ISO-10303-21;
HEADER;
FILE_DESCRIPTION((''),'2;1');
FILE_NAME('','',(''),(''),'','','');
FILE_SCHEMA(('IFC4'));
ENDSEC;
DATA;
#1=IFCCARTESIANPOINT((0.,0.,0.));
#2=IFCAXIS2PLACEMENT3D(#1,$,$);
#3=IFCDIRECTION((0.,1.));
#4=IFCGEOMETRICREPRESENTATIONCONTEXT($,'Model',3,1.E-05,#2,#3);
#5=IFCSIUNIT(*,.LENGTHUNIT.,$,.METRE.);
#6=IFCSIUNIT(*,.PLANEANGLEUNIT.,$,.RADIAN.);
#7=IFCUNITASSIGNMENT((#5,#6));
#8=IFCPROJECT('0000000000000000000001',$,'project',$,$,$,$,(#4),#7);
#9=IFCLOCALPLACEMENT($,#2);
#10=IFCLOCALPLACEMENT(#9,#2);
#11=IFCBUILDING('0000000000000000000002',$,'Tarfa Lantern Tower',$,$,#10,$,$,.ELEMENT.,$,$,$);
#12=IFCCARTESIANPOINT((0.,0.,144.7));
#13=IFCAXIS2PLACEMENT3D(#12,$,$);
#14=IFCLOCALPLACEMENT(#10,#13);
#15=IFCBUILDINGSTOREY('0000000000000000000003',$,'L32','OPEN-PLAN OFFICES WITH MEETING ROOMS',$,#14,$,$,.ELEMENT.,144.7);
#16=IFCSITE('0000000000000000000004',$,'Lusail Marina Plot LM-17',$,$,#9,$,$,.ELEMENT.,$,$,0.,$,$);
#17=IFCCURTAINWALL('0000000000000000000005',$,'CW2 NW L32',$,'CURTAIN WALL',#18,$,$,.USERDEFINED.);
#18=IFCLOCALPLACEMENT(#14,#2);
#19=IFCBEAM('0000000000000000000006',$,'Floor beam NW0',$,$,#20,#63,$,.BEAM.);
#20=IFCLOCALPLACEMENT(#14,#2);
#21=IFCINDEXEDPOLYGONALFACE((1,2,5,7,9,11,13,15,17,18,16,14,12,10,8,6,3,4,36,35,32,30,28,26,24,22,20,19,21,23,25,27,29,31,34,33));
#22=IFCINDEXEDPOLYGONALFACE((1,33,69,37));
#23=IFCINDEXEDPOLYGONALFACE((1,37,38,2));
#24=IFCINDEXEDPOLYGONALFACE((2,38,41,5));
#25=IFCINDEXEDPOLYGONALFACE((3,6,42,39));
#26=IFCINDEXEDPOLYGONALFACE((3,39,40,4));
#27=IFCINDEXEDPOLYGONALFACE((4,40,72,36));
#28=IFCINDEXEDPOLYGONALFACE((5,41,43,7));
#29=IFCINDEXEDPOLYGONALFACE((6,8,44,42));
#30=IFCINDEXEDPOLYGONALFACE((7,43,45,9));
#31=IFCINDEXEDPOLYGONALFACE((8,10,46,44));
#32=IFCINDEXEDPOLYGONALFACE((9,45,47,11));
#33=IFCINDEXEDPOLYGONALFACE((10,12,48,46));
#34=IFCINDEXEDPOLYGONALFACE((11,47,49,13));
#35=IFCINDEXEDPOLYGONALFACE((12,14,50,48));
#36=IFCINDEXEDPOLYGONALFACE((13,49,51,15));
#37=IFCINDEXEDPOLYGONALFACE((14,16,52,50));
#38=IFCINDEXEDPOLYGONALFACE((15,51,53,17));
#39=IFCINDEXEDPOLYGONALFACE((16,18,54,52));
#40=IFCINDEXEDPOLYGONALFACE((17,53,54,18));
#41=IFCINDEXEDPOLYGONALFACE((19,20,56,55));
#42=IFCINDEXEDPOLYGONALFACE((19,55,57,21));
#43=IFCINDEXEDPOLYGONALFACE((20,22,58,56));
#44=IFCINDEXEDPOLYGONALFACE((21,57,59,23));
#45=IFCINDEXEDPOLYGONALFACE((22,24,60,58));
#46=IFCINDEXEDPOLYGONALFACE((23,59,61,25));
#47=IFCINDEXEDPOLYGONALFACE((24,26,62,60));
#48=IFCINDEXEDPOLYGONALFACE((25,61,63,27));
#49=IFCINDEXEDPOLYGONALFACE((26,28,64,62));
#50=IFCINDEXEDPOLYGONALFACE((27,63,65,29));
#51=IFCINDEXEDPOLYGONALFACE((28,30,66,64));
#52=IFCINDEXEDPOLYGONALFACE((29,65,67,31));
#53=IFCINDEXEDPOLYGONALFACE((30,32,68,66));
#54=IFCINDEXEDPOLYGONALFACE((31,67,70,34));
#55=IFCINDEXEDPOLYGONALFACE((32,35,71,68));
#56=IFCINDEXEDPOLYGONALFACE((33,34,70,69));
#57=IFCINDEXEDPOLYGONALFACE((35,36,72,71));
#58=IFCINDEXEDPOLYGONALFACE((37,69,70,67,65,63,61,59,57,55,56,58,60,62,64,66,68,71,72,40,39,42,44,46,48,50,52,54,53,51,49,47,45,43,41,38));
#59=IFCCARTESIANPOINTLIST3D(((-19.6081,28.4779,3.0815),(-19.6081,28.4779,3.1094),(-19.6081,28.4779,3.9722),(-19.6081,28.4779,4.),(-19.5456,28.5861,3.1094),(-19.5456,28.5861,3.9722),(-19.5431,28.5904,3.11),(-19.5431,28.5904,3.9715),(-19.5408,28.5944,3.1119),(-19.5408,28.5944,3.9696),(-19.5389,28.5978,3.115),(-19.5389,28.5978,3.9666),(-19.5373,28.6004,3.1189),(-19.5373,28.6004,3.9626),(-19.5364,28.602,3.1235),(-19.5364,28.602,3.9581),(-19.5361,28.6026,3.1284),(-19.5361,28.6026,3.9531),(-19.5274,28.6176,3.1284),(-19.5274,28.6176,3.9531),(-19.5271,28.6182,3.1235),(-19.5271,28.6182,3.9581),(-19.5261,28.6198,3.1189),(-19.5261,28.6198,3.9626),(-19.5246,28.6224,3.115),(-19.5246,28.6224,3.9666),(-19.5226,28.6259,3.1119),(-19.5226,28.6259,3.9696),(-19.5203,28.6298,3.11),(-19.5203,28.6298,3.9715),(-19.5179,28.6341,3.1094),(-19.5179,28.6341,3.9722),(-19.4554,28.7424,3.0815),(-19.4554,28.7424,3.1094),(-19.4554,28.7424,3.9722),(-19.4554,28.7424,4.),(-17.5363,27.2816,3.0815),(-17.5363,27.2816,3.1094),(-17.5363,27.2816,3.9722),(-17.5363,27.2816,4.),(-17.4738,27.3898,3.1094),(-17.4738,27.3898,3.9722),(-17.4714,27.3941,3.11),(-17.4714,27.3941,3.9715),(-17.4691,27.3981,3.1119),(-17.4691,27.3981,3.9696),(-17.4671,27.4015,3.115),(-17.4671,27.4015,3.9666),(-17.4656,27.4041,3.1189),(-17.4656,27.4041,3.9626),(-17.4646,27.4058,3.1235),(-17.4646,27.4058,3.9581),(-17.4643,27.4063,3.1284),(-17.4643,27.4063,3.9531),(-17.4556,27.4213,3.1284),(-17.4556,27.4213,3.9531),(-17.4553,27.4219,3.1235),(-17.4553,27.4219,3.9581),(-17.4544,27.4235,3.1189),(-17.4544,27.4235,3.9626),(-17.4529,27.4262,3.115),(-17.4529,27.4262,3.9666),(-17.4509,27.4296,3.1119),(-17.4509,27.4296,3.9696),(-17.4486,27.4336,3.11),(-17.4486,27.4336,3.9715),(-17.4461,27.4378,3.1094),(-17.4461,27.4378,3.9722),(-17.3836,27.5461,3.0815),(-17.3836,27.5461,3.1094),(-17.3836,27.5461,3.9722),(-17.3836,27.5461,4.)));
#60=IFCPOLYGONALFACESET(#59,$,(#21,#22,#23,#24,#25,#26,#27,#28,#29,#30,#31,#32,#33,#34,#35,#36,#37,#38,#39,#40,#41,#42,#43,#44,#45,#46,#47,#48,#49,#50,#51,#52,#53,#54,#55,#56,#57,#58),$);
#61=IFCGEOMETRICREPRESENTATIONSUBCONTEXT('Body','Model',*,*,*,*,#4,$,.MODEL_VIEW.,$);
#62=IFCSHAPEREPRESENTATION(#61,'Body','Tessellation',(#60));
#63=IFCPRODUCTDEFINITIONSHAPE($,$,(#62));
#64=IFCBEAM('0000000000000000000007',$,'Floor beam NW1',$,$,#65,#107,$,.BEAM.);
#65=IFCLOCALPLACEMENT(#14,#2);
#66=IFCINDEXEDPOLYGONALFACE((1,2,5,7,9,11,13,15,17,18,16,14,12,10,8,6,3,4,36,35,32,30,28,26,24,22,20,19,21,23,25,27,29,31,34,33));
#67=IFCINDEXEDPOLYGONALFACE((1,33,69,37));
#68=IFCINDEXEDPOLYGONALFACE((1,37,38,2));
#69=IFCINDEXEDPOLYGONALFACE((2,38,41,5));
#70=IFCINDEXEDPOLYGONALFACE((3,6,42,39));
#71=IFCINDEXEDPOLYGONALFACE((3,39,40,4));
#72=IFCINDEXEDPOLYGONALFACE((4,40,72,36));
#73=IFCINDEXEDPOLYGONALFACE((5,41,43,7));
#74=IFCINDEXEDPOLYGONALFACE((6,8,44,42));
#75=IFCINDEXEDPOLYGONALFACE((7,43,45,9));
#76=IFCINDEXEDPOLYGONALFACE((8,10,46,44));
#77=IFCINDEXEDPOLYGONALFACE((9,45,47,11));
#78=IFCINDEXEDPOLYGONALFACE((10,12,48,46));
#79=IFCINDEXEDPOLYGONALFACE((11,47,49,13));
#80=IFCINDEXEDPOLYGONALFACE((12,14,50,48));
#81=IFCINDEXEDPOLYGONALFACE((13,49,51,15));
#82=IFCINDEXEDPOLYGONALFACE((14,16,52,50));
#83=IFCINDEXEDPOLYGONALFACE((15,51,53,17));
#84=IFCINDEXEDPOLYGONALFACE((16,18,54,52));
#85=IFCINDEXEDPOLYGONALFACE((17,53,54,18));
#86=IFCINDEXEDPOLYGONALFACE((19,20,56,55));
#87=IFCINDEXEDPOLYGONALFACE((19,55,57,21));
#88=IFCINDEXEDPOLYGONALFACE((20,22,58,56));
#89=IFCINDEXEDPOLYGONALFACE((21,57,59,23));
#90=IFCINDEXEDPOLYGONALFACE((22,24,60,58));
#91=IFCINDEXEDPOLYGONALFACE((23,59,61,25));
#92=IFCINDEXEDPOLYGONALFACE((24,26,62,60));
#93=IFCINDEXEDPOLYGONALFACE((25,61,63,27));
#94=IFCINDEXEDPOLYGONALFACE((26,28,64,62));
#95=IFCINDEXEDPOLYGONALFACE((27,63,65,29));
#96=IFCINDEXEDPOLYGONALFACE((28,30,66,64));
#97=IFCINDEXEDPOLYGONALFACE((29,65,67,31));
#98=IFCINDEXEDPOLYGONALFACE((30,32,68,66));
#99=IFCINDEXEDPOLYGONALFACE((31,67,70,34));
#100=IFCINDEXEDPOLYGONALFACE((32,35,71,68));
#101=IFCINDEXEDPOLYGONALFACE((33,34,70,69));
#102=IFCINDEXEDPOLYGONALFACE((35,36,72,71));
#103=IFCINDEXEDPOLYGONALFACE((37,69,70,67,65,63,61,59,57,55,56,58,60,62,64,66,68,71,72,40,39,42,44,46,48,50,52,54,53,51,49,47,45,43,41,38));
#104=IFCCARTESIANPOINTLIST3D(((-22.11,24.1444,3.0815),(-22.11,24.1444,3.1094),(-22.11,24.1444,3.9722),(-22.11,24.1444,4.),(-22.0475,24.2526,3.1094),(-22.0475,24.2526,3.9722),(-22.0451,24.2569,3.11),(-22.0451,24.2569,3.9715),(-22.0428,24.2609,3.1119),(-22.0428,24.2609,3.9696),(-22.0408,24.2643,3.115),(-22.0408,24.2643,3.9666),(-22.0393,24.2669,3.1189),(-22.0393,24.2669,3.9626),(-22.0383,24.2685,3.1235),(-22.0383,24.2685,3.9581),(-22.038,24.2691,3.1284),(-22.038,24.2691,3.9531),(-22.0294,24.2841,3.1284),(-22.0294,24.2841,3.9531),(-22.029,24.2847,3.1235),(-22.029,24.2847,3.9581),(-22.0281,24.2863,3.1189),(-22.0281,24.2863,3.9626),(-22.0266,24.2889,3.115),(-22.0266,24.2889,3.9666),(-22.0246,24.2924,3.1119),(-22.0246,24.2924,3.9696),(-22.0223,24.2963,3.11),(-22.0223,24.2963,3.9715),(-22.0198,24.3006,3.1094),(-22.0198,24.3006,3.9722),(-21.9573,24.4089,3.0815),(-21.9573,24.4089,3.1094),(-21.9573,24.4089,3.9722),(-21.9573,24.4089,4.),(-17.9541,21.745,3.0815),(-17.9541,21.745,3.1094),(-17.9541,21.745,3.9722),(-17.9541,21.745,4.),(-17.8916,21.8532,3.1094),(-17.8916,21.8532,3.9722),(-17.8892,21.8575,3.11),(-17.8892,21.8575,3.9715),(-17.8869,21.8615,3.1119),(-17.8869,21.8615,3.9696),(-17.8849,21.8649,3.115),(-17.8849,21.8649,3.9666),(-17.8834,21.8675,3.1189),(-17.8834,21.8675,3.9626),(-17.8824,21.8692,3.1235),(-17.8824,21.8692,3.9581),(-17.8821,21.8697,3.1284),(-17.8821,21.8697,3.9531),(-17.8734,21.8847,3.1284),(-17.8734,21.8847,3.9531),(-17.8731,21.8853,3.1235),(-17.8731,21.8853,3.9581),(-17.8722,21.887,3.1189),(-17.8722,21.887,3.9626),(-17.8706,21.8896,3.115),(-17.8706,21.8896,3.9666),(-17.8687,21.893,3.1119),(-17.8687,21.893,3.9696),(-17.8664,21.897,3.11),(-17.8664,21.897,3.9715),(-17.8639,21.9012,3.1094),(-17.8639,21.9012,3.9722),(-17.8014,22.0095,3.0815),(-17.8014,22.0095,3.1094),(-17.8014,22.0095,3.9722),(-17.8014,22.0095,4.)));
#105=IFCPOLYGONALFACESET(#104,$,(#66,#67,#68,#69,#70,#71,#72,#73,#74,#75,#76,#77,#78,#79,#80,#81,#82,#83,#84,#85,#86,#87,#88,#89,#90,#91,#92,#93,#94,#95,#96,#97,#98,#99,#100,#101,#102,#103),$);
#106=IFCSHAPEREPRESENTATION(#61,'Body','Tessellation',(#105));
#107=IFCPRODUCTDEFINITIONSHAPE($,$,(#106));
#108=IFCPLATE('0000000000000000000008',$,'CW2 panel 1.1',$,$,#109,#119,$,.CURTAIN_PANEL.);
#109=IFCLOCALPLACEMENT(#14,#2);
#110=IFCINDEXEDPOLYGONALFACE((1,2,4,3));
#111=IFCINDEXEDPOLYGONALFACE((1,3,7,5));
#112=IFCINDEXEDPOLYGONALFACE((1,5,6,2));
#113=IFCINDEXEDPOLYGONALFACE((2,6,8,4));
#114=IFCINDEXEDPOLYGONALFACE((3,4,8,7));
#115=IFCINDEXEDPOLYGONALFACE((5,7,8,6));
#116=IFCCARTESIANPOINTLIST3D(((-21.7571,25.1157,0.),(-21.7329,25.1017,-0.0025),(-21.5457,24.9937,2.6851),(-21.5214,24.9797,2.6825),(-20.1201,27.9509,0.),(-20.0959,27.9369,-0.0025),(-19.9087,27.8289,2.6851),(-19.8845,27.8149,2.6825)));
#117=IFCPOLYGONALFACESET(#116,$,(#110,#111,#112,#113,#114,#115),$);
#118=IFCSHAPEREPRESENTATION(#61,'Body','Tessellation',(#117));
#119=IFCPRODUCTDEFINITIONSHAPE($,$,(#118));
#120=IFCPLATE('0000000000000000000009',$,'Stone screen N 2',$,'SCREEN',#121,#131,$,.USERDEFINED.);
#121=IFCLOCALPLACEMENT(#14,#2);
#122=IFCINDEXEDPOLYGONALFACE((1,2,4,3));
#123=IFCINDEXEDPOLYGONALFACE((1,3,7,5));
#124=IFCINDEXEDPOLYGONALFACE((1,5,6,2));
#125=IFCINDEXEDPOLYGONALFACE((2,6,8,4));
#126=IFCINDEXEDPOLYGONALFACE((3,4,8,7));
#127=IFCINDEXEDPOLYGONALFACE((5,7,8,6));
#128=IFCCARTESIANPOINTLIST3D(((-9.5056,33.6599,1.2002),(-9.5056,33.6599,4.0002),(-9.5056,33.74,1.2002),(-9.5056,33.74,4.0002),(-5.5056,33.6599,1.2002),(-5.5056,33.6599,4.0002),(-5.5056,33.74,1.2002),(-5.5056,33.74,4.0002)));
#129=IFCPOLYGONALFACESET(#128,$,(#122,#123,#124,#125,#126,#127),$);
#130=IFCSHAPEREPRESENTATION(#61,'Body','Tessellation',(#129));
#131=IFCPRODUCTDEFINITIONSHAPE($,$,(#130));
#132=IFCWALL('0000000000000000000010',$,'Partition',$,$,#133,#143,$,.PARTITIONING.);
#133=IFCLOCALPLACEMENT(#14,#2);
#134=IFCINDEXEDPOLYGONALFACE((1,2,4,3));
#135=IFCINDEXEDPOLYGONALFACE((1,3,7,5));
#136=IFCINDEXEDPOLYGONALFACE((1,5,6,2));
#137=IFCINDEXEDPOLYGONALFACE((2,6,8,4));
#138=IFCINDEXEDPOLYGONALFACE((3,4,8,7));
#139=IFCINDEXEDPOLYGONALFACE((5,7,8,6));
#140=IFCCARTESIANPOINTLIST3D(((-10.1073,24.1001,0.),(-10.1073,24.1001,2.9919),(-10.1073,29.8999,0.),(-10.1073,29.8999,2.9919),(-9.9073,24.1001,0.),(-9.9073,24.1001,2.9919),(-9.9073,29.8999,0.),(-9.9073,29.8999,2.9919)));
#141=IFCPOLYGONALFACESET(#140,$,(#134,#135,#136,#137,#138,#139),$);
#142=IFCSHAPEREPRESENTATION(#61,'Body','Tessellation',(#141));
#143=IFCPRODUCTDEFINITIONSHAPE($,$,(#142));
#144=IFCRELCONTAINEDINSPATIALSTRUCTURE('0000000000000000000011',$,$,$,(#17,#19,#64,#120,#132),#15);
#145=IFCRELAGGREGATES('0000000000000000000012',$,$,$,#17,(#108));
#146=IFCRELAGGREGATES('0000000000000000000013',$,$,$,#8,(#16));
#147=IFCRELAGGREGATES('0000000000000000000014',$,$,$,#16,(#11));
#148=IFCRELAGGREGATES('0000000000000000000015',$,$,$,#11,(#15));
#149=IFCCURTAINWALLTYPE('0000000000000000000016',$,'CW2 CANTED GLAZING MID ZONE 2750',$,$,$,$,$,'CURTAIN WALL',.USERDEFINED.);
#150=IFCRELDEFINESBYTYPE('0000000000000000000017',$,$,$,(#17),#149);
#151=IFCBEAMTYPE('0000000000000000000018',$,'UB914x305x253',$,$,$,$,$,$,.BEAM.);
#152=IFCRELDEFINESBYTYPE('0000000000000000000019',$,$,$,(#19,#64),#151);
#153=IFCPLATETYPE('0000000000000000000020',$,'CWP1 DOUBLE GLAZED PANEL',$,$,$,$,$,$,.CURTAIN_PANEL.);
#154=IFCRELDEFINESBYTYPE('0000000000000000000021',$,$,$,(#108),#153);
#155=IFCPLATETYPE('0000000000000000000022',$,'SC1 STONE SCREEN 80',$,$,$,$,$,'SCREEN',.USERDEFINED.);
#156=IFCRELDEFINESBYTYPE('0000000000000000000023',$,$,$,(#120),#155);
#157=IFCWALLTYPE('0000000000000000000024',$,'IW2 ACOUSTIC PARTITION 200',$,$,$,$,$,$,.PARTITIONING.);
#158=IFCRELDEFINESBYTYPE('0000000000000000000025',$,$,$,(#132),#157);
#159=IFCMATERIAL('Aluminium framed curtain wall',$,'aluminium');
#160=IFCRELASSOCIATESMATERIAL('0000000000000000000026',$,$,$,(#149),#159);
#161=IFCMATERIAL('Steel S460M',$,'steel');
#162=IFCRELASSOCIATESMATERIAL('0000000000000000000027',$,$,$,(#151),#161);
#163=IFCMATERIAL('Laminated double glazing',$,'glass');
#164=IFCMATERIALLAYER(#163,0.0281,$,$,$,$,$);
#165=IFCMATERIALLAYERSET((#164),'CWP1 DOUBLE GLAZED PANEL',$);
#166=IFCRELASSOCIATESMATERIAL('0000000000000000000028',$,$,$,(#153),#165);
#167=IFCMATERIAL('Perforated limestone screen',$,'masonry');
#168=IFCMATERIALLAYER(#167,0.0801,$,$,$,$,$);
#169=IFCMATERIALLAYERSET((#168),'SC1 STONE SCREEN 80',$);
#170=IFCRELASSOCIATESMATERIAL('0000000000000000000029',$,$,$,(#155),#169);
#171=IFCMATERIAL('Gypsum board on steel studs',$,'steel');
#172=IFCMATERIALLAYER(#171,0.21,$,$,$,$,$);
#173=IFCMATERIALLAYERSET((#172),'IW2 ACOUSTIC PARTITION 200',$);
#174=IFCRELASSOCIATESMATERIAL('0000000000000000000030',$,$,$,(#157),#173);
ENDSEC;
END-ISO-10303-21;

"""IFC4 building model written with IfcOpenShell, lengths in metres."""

from ifc_helpers import new_model, si_unit, direction, frame, frame_2d, origin, origin_2d, place, context, subcontext, project, spatial, polyline, rectangle, i_section, outline, extrude, material, layer, layer_set, material_profile, profile_set, type_object, element, aggregate, save


model = new_model("IFC4")

# Units and contexts
model_context = context("Model", 3, precision=1e-05, world=origin(), true_north=direction((0.0, 1.0)))
body_context = subcontext(model_context, "Body", "Model", "MODEL_VIEW")
ifc_project = project(units=[si_unit("LENGTHUNIT", "METRE"), si_unit("PLANEANGLEUNIT", "RADIAN")], contexts=[model_context])

# Site, building, storey
site_placement = place(None, origin())
site = spatial("IfcSite", under=ifc_project, at=site_placement, Name="Lusail Marina Plot LM-17", CompositionType="ELEMENT", RefElevation=0.0)
building_placement = place(site_placement, origin())
building = spatial("IfcBuilding", under=site, at=building_placement, Name="Tarfa Lantern Tower", CompositionType="ELEMENT")
storey_placement = place(building_placement, frame((0.0, 0.0, 144.7)))
storey = spatial("IfcBuildingStorey", under=building, at=storey_placement, Name="L32", Description="OPEN-PLAN OFFICES WITH MEETING ROOMS", CompositionType="ELEMENT", Elevation=144.7)

# Curtain wall
ifc_material_1 = material(Name="Aluminium framed curtain wall", Category="aluminium")
curtain_wall_type = type_object("IfcCurtainWallType", Name="CW2 CANTED GLAZING MID ZONE 2750", ElementType="CURTAIN WALL", PredefinedType="USERDEFINED", material=ifc_material_1)
curtain_wall_placement = place(storey_placement, origin())
curtain_wall = element("IfcCurtainWall", 1, at=curtain_wall_placement, inside=storey, type_object=curtain_wall_type, Name="CW2 NW L32", ObjectType="CURTAIN WALL", PredefinedType="USERDEFINED")

# Beams
ifc_material_2 = material(Name="Steel S460M", Category="steel")
ifc_material_profile_1 = material_profile(ifc_material_2, i_section(OverallWidth=0.3054, OverallDepth=0.9185, WebThickness=0.0173, FlangeThickness=0.0278, FilletRadius=0.019, at=origin_2d()), Name="UB914x305x253")
ifc_profile_set_1 = profile_set([ifc_material_profile_1], Name="Steel S460M")
beam_type_1 = type_object("IfcBeamType", Name="UB914x305x253", PredefinedType="BEAM", material=ifc_profile_set_1)
beam_1_placement = place(storey_placement, frame((-19.5317, 28.6101, 3.5408), z_axis=(0.865999, -0.500046, 0.0), x_axis=(0.500046, 0.865999, 0.0)))
element("IfcBeam", 2, at=beam_1_placement, inside=storey, type_object=beam_type_1, Name="Floor beam NW0", PredefinedType="BEAM", context=body_context, shape_type="SweptSolid", body=[
    extrude(i_section(OverallWidth=0.3054, OverallDepth=0.9185, WebThickness=0.0173, FlangeThickness=0.0278, FilletRadius=0.019, at=origin_2d()), origin(), (0.0, 0.0, 1.0), 2.3923),
])
beam_2_placement = place(storey_placement, frame((-22.0337, 24.2766, 3.5408), z_axis=(0.866031, -0.499991, 0.0), x_axis=(0.499991, 0.866031, 0.0)))
element("IfcBeam", 3, at=beam_2_placement, inside=storey, type_object=beam_type_1, Name="Floor beam NW1", PredefinedType="BEAM", context=body_context, shape_type="SweptSolid", body=[
    extrude(i_section(OverallWidth=0.3054, OverallDepth=0.9185, WebThickness=0.0173, FlangeThickness=0.0278, FilletRadius=0.019, at=origin_2d()), origin(), (0.0, 0.0, 1.0), 4.7988),
])

# Plates
ifc_material_3 = material(Name="Laminated double glazing", Category="glass")
ifc_layer_1 = layer(ifc_material_3, 0.0281)
ifc_layer_set_1 = layer_set([ifc_layer_1], Name="CWP1 DOUBLE GLAZED PANEL")
plate_type_1 = type_object("IfcPlateType", Name="CWP1 DOUBLE GLAZED PANEL", PredefinedType="CURTAIN_PANEL", material=ifc_layer_set_1)
plate_1_placement = place(storey_placement, frame((-20.1201, 27.9509, 0.0), z_axis=(-0.86246, 0.497959, 0.09055), x_axis=(-0.500013, -0.866018, 0.0)))
plate_1 = element("IfcPlate", 4, at=plate_1_placement, type_object=plate_type_1, Name="CW2 panel 1.1", PredefinedType="CURTAIN_PANEL", context=body_context, shape_type="SweptSolid", body=[
    extrude(outline(polyline([(0.0, 0.0), (3.2738, 0.0), (3.2738, 2.6961), (0.0, 2.6961), (0.0, 0.0)])), origin(), (0.0, 0.0, -1.0), 0.0281),
])
aggregate(curtain_wall, [plate_1])
ifc_material_4 = material(Name="Perforated limestone screen", Category="masonry")
ifc_layer_2 = layer(ifc_material_4, 0.0801)
ifc_layer_set_2 = layer_set([ifc_layer_2], Name="SC1 STONE SCREEN 80")
plate_type_2 = type_object("IfcPlateType", Name="SC1 STONE SCREEN 80", ElementType="SCREEN", PredefinedType="USERDEFINED", material=ifc_layer_set_2)
plate_2_placement = place(storey_placement, frame((-7.5056, 33.7, 1.2002), z_axis=(0.0, 0.0, 1.0), x_axis=(-1.0, 0.0, 0.0)))
element("IfcPlate", 5, at=plate_2_placement, inside=storey, type_object=plate_type_2, Name="Stone screen N 2", ObjectType="SCREEN", PredefinedType="USERDEFINED", context=body_context, shape_type="SweptSolid", body=[
    extrude(rectangle(XDim=4.0, YDim=0.0801, at=origin_2d()), origin(), (0.0, 0.0, 1.0), 2.8),
])

# Wall
ifc_material_5 = material(Name="Gypsum board on steel studs", Category="steel")
ifc_layer_3 = layer(ifc_material_5, 0.21)
ifc_layer_set_3 = layer_set([ifc_layer_3], Name="IW2 ACOUSTIC PARTITION 200")
wall_type = type_object("IfcWallType", Name="IW2 ACOUSTIC PARTITION 200", PredefinedType="PARTITIONING", material=ifc_layer_set_3)
wall_placement = place(storey_placement, frame((-10.0073, 24.1001, 0.0), z_axis=(0.0, 0.0, 1.0), x_axis=(0.0, 1.0, 0.0)))
element("IfcWall", 6, at=wall_placement, inside=storey, type_object=wall_type, Name="Partition", PredefinedType="PARTITIONING", context=body_context, shape_type="SweptSolid", body=[
    extrude(rectangle(XDim=5.7998, YDim=0.2, at=frame_2d((2.8999, 0.0))), origin(), (0.0, 0.0, 1.0), 2.9919),
])

save(model, "model.ifc")
